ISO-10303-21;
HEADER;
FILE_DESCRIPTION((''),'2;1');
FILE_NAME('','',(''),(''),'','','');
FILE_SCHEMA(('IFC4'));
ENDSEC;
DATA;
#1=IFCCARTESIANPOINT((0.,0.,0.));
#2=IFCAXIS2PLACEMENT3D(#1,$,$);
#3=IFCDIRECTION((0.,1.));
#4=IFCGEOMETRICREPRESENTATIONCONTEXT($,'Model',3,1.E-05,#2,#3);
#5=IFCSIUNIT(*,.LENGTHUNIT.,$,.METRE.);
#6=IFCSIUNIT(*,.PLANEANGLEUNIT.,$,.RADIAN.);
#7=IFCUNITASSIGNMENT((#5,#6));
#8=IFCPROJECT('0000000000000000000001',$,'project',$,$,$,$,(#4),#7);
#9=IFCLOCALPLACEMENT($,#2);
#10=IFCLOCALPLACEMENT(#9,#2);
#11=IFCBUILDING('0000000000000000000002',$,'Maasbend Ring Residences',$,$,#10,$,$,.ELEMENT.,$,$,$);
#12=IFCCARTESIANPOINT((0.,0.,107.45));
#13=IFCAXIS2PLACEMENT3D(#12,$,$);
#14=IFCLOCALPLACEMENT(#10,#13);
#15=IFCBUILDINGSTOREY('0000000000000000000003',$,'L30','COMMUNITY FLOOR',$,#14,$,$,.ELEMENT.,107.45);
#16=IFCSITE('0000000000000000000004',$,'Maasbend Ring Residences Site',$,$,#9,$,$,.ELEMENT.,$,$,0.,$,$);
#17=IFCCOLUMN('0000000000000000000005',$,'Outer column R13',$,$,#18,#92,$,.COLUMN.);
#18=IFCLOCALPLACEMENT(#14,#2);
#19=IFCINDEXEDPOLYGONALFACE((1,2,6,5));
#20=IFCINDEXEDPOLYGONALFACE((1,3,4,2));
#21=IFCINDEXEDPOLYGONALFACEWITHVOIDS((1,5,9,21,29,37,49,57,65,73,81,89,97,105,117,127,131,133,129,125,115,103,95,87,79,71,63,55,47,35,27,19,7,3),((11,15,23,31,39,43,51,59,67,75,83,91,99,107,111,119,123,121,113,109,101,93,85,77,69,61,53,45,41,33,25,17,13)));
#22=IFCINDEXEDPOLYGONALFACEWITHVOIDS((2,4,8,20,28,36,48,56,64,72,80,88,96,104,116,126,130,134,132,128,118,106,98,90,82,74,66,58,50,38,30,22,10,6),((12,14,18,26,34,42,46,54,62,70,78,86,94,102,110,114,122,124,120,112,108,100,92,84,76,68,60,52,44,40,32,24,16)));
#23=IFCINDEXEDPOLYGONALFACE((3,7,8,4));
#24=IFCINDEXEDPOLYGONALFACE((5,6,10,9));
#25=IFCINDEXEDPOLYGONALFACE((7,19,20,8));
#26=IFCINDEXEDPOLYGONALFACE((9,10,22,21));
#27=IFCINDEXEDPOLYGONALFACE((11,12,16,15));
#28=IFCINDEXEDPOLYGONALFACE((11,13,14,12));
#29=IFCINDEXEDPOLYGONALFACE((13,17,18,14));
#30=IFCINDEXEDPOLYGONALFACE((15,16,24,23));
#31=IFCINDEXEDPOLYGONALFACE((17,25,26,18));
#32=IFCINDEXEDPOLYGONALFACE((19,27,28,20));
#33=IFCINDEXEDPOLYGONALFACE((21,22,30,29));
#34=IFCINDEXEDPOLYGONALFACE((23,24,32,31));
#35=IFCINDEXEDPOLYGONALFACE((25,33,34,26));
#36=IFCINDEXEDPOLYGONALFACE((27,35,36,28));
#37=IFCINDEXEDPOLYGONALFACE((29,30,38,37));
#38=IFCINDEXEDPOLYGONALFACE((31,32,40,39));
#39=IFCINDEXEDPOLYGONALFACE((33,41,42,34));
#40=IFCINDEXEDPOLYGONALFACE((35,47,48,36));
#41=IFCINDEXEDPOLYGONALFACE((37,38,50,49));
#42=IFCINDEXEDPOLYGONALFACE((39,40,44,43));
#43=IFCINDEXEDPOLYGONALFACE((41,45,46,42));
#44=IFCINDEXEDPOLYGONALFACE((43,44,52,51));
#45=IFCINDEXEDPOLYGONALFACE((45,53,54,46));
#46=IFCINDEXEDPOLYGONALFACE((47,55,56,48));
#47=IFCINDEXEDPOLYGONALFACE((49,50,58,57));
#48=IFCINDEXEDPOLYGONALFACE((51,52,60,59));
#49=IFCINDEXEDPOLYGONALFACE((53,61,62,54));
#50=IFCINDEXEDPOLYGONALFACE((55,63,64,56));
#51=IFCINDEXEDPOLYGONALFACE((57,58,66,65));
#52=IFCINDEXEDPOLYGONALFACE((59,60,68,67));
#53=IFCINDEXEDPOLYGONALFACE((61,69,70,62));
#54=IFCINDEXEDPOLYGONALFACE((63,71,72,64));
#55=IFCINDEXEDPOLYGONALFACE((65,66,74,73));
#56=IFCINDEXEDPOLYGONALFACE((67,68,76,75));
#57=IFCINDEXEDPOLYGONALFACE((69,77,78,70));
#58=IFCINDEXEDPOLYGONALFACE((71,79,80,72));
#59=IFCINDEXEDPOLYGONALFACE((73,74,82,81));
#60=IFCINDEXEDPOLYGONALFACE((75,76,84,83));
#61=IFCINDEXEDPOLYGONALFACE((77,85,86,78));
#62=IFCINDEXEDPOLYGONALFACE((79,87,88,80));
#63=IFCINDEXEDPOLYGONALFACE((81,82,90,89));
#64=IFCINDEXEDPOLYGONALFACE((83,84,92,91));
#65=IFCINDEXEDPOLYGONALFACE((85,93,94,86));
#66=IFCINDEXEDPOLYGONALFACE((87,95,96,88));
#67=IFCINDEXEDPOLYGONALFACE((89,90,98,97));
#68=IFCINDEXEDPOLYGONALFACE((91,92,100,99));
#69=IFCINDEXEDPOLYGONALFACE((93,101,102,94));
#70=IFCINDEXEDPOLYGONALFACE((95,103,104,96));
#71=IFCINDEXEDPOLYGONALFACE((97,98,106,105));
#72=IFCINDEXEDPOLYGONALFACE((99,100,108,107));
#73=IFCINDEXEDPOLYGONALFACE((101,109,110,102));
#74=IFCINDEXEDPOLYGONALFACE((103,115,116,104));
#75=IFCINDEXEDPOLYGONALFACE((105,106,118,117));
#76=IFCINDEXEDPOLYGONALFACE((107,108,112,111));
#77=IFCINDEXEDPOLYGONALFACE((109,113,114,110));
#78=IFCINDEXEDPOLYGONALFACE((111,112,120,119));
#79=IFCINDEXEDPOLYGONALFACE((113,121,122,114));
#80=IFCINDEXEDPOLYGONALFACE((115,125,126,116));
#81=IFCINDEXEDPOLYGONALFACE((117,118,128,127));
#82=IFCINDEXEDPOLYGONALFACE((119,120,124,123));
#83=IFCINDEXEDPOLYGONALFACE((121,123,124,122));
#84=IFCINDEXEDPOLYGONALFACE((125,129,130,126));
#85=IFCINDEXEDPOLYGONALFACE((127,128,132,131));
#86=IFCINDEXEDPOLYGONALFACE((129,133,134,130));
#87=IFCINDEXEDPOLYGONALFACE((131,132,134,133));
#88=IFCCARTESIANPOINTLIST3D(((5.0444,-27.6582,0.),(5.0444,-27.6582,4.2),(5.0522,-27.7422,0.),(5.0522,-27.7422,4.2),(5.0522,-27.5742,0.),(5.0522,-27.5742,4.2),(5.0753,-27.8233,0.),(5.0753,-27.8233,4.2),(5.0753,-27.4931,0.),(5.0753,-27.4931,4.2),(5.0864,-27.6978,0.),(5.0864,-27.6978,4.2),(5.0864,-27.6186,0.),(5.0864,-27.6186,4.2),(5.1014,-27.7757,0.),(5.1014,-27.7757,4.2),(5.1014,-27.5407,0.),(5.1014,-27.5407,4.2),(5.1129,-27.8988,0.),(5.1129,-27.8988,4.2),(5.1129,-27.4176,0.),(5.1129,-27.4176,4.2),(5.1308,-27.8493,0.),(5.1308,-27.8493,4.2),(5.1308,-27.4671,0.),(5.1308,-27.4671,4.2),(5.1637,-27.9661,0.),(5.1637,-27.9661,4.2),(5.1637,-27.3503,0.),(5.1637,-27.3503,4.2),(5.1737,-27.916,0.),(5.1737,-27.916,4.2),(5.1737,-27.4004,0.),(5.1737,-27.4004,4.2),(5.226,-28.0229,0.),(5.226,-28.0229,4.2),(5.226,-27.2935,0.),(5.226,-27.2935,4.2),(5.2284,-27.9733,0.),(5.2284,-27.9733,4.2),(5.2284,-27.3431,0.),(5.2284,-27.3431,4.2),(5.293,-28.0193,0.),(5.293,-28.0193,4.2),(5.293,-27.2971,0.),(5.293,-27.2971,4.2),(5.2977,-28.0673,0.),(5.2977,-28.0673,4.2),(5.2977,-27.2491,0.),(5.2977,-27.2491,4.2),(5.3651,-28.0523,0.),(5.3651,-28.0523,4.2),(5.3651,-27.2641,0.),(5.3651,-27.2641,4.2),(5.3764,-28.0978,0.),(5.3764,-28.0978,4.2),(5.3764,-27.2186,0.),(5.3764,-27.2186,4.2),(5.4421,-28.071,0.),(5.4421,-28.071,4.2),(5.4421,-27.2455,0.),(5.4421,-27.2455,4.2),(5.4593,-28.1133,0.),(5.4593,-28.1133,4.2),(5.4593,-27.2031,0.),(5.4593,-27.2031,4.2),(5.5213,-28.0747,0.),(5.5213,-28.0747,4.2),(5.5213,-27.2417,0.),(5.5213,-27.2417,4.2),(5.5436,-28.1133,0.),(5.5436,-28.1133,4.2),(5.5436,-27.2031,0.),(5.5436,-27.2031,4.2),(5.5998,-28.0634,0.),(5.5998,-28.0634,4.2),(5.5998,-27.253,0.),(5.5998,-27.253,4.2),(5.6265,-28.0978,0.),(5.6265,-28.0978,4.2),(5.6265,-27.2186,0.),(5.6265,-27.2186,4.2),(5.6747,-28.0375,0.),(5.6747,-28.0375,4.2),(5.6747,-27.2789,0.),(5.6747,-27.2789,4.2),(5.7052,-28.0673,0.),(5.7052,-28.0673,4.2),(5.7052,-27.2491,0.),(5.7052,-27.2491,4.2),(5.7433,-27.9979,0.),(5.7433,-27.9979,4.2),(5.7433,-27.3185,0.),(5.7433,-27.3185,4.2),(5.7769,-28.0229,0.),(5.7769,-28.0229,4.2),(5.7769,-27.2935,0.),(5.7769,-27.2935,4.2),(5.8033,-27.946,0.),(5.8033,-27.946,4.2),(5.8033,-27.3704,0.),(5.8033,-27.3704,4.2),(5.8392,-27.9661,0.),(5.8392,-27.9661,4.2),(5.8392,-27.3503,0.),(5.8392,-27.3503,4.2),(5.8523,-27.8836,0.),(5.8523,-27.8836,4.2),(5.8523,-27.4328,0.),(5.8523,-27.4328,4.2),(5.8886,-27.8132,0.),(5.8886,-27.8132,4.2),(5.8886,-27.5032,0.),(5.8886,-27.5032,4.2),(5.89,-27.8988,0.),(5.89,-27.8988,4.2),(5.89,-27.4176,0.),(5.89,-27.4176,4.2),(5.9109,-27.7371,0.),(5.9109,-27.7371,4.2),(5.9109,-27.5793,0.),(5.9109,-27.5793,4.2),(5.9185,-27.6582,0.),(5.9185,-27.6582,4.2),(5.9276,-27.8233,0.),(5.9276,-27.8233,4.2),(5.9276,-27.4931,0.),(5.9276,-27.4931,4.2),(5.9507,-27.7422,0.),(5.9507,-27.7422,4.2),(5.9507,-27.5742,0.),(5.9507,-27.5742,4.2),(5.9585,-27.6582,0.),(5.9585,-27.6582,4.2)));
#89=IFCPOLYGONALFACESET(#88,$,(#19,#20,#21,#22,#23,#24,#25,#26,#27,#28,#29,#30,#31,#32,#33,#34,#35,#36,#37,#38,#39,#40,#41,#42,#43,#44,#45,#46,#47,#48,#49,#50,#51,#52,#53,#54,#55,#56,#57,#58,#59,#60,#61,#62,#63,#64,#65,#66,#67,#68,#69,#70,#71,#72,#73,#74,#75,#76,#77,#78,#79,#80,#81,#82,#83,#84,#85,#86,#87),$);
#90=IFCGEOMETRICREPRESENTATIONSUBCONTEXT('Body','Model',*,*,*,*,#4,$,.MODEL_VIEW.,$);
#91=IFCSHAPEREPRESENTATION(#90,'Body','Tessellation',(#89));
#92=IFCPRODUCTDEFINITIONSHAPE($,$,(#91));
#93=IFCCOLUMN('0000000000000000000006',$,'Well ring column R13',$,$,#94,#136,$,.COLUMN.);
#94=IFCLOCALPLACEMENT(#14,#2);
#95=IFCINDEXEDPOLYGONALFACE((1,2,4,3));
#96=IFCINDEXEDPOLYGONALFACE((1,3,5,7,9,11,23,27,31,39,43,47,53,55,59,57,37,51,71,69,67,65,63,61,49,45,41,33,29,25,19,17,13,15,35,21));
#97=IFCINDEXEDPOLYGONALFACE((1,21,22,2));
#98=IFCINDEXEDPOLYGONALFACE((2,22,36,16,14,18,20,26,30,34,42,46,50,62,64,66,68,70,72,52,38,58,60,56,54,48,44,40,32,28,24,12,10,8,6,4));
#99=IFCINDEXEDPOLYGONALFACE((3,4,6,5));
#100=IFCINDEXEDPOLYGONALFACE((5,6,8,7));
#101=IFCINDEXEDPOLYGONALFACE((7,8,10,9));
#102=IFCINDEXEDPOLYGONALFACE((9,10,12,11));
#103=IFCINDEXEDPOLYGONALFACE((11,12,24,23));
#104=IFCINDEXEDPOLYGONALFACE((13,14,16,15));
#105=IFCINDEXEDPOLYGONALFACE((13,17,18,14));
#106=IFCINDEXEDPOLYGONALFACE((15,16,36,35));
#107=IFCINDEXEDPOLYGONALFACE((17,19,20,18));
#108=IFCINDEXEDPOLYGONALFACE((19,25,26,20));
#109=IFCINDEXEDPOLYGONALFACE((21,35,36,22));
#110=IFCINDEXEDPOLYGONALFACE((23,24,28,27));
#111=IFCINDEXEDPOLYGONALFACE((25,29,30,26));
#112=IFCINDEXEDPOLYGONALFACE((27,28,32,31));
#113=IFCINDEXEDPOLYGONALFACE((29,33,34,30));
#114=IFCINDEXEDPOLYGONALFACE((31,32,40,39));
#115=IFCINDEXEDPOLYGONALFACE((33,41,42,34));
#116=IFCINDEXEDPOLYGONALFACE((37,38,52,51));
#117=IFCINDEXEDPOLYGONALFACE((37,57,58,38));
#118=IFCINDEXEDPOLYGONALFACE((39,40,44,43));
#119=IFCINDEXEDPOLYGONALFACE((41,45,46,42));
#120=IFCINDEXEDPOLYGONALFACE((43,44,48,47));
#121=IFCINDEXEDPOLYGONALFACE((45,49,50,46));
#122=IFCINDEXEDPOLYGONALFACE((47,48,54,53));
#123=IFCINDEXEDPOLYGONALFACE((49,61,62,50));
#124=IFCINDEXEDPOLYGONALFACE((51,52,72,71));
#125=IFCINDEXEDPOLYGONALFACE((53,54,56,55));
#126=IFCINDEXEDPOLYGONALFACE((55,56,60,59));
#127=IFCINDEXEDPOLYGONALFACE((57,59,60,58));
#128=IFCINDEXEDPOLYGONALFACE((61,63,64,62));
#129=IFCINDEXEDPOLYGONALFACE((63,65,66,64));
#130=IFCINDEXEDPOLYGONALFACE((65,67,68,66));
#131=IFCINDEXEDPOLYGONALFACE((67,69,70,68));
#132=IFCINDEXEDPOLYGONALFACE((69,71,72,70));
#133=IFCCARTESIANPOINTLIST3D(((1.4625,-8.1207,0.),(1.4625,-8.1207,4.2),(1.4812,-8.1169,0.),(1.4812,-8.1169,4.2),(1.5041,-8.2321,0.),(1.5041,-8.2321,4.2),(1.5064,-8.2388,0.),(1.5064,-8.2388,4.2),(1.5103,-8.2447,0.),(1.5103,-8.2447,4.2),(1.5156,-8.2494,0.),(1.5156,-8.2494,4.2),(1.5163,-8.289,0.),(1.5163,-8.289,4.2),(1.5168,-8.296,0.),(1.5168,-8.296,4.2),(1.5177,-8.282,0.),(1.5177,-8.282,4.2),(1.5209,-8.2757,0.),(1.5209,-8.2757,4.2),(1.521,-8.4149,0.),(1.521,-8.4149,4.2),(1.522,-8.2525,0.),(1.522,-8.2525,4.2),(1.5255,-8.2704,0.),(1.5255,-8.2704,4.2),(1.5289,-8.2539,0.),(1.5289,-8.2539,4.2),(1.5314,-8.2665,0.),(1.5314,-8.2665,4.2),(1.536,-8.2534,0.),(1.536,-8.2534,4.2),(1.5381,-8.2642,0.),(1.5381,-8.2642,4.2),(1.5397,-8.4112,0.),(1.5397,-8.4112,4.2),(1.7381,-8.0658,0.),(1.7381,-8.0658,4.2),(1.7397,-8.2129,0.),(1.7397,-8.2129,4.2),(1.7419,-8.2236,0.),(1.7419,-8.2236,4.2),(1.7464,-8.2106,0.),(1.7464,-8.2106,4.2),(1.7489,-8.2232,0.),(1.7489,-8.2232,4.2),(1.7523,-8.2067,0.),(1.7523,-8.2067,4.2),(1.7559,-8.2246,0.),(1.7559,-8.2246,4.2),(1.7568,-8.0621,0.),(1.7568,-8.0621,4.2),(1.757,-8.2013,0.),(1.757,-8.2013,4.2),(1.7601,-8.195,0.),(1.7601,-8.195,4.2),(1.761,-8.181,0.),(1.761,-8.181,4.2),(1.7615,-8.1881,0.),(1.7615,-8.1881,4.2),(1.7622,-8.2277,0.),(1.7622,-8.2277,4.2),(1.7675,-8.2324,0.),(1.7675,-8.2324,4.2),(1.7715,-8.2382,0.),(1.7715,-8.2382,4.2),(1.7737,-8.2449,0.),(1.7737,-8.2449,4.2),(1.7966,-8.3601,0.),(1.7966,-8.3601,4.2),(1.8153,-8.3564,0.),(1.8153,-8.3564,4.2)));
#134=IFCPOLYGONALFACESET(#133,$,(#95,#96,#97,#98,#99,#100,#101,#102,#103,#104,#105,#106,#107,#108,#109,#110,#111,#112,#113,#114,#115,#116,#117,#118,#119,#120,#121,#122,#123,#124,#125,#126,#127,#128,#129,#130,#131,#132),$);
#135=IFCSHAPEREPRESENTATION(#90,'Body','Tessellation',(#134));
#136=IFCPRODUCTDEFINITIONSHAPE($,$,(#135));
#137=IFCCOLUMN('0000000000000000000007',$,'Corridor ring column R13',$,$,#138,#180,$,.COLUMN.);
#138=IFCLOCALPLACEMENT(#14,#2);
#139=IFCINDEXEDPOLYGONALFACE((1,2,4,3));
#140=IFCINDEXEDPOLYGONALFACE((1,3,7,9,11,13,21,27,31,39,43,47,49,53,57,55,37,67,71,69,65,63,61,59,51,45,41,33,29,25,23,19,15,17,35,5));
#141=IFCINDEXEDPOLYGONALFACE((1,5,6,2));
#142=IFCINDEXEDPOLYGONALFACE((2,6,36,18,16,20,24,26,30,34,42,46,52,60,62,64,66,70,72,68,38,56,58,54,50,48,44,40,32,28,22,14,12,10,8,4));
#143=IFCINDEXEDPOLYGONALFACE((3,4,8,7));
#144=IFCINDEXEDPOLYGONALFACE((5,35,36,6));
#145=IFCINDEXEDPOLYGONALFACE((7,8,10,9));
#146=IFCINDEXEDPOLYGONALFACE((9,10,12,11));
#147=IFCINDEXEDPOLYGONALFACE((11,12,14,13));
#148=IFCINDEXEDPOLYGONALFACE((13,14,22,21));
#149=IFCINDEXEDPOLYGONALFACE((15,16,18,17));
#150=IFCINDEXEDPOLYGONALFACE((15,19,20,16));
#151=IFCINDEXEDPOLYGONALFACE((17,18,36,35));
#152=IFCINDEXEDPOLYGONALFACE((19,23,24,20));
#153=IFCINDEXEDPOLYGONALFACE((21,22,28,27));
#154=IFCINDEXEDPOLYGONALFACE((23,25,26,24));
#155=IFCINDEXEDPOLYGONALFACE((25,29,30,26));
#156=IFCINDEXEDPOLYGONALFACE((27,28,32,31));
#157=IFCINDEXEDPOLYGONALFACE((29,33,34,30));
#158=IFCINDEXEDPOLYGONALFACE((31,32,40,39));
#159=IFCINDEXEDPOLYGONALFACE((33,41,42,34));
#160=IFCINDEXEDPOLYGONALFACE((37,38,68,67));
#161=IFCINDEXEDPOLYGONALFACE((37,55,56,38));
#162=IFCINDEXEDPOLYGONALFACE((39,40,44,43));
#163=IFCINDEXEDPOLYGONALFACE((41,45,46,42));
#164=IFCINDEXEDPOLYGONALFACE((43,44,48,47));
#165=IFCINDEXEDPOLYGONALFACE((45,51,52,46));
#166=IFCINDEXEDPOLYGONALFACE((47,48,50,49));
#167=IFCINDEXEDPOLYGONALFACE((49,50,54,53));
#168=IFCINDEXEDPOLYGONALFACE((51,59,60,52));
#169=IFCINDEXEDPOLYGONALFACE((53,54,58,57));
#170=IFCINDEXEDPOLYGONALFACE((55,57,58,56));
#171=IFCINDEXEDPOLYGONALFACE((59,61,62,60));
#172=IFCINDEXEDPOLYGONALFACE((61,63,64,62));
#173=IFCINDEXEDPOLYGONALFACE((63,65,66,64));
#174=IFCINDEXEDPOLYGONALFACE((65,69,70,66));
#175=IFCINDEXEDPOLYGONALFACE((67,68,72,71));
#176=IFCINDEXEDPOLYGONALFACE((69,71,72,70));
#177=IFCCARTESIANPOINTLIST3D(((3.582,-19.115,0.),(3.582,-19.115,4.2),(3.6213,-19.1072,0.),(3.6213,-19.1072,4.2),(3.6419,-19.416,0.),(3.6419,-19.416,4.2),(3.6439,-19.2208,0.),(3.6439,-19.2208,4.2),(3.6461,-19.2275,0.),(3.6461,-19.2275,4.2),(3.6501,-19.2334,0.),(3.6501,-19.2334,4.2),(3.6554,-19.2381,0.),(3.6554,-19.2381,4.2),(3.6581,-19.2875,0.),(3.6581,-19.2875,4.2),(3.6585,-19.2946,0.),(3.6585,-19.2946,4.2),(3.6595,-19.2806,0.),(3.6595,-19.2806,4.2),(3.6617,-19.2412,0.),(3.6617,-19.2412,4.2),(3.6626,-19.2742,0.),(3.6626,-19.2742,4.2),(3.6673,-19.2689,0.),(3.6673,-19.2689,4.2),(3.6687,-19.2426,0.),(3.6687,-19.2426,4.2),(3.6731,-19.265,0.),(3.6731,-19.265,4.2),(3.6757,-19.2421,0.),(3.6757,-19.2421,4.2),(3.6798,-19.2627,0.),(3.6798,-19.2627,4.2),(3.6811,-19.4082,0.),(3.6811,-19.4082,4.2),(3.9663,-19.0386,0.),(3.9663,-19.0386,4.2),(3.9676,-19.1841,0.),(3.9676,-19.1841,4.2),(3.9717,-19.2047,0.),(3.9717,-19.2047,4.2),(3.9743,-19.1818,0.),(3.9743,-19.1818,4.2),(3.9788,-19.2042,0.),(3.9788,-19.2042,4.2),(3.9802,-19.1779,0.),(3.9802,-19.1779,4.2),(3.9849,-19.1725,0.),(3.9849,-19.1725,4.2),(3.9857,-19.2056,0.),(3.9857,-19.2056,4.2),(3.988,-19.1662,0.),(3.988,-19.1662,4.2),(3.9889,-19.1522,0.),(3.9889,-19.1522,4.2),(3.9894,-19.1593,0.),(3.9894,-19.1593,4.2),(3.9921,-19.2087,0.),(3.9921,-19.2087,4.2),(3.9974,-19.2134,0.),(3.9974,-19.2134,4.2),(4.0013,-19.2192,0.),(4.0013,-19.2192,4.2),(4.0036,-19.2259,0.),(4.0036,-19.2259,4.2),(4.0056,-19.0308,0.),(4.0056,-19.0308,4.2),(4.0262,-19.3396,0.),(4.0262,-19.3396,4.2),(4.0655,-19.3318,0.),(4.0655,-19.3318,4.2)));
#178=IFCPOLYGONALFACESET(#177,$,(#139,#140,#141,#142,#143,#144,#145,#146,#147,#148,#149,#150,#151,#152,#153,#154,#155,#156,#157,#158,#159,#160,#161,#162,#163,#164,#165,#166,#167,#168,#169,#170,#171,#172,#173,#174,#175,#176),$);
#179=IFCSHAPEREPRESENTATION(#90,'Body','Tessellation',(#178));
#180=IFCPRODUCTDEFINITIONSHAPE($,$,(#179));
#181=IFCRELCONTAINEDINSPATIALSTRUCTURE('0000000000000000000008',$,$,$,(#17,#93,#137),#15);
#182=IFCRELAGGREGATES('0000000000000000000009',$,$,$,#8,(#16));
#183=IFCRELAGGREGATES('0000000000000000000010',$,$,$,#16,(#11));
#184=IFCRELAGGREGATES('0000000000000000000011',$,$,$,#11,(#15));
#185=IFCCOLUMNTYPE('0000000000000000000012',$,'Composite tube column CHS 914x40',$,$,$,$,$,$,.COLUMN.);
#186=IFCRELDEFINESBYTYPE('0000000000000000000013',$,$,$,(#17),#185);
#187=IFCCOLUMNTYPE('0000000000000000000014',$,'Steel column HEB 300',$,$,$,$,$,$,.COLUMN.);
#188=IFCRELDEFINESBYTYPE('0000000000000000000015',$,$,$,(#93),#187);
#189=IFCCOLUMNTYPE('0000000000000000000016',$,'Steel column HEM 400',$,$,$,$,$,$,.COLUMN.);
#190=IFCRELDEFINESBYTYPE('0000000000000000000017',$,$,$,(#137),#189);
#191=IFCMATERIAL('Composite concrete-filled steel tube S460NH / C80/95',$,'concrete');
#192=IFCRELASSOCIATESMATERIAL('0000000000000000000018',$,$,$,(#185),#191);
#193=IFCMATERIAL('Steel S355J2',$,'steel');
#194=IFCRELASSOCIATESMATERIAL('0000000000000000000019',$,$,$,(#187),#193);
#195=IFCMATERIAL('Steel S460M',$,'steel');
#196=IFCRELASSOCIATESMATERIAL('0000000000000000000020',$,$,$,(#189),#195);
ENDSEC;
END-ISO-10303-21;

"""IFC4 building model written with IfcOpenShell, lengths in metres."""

from ifc_helpers import new_model, si_unit, direction, frame, origin, origin_2d, place, context, subcontext, project, spatial, hollow_circle, i_section, extrude, material, material_profile, profile_set, type_object, element, save


model = new_model("IFC4")

# Units and contexts
model_context = context("Model", 3, precision=1e-05, world=origin(), true_north=direction((0.0, 1.0)))
body_context = subcontext(model_context, "Body", "Model", "MODEL_VIEW")
ifc_project = project(units=[si_unit("LENGTHUNIT", "METRE"), si_unit("PLANEANGLEUNIT", "RADIAN")], contexts=[model_context])

# Site, building, storey
site_placement = place(None, origin())
site = spatial("IfcSite", under=ifc_project, at=site_placement, Name="Maasbend Ring Residences Site", CompositionType="ELEMENT", RefElevation=0.0)
building_placement = place(site_placement, origin())
building = spatial("IfcBuilding", under=site, at=building_placement, Name="Maasbend Ring Residences", CompositionType="ELEMENT")
storey_placement = place(building_placement, frame((0.0, 0.0, 107.45)))
storey = spatial("IfcBuildingStorey", under=building, at=storey_placement, Name="L30", Description="COMMUNITY FLOOR", CompositionType="ELEMENT", Elevation=107.45)

# Columns
ifc_material_1 = material(Name="Composite concrete-filled steel tube S460NH / C80/95", Category="concrete")
ifc_material_profile_1 = material_profile(ifc_material_1, hollow_circle(Radius=0.457, WallThickness=0.04, at=origin_2d()), Name="Composite tube column CHS 914x40")
ifc_profile_set_1 = profile_set([ifc_material_profile_1], Name="Composite concrete-filled steel tube S460NH / C80/95")
column_type_1 = type_object("IfcColumnType", Name="Composite tube column CHS 914x40", PredefinedType="COLUMN", material=ifc_profile_set_1)
column_1_placement = place(storey_placement, frame((5.5015, -27.6582, 0.0), z_axis=(0.0, 0.0, 1.0), x_axis=(1.0, 0.0, 0.0)))
element("IfcColumn", 1, at=column_1_placement, inside=storey, type_object=column_type_1, Name="Outer column R13", PredefinedType="COLUMN", context=body_context, shape_type="SweptSolid", body=[
    extrude(hollow_circle(Radius=0.457, WallThickness=0.04, at=origin_2d()), origin(), (0.0, 0.0, 1.0), 4.2),
])
ifc_material_2 = material(Name="Steel S355J2", Category="steel")
ifc_material_profile_2 = material_profile(ifc_material_2, i_section(OverallWidth=0.3, OverallDepth=0.3, WebThickness=0.011, FlangeThickness=0.019, FilletRadius=0.0271, at=origin_2d()), Name="HEB 300")
ifc_profile_set_2 = profile_set([ifc_material_profile_2], Name="Steel S355J2")
column_type_2 = type_object("IfcColumnType", Name="Steel column HEB 300", PredefinedType="COLUMN", material=ifc_profile_set_2)
column_2_placement = place(storey_placement, frame((1.6389, -8.2385, 0.0), z_axis=(0.0, 0.0, 1.0), x_axis=(0.19509, -0.980785, 0.0)))
element("IfcColumn", 2, at=column_2_placement, inside=storey, type_object=column_type_2, Name="Well ring column R13", PredefinedType="COLUMN", context=body_context, shape_type="SweptSolid", body=[
    extrude(i_section(OverallWidth=0.3, OverallDepth=0.3, WebThickness=0.011, FlangeThickness=0.019, FilletRadius=0.0271, at=origin_2d()), origin(), (0.0, 0.0, 1.0), 4.2),
])
ifc_material_3 = material(Name="Steel S460M", Category="steel")
ifc_material_profile_3 = material_profile(ifc_material_3, i_section(OverallWidth=0.3069, OverallDepth=0.4319, WebThickness=0.021, FlangeThickness=0.04, FilletRadius=0.0271, at=origin_2d()), Name="HEM 400")
ifc_profile_set_3 = profile_set([ifc_material_profile_3], Name="Steel S460M")
column_type_3 = type_object("IfcColumnType", Name="Steel column HEM 400", PredefinedType="COLUMN", material=ifc_profile_set_3)
for number, where, z_axis, x_axis, name in (
    (3, (3.8237, -19.2234, 0.0), (0.0, 0.0, 1.0), (0.19509, -0.980785, 0.0), "Corridor ring column R13"),
):
    element("IfcColumn", number, at=place(storey_placement, frame(where, z_axis=z_axis, x_axis=x_axis)), inside=storey, type_object=column_type_3, Name=name, PredefinedType="COLUMN", context=body_context, shape_type="SweptSolid", body=[
        extrude(i_section(OverallWidth=0.3069, OverallDepth=0.4319, WebThickness=0.021, FlangeThickness=0.04, FilletRadius=0.0271, at=origin_2d()), origin(), (0.0, 0.0, 1.0), 4.2),
    ])

save(model, "model.ifc")
